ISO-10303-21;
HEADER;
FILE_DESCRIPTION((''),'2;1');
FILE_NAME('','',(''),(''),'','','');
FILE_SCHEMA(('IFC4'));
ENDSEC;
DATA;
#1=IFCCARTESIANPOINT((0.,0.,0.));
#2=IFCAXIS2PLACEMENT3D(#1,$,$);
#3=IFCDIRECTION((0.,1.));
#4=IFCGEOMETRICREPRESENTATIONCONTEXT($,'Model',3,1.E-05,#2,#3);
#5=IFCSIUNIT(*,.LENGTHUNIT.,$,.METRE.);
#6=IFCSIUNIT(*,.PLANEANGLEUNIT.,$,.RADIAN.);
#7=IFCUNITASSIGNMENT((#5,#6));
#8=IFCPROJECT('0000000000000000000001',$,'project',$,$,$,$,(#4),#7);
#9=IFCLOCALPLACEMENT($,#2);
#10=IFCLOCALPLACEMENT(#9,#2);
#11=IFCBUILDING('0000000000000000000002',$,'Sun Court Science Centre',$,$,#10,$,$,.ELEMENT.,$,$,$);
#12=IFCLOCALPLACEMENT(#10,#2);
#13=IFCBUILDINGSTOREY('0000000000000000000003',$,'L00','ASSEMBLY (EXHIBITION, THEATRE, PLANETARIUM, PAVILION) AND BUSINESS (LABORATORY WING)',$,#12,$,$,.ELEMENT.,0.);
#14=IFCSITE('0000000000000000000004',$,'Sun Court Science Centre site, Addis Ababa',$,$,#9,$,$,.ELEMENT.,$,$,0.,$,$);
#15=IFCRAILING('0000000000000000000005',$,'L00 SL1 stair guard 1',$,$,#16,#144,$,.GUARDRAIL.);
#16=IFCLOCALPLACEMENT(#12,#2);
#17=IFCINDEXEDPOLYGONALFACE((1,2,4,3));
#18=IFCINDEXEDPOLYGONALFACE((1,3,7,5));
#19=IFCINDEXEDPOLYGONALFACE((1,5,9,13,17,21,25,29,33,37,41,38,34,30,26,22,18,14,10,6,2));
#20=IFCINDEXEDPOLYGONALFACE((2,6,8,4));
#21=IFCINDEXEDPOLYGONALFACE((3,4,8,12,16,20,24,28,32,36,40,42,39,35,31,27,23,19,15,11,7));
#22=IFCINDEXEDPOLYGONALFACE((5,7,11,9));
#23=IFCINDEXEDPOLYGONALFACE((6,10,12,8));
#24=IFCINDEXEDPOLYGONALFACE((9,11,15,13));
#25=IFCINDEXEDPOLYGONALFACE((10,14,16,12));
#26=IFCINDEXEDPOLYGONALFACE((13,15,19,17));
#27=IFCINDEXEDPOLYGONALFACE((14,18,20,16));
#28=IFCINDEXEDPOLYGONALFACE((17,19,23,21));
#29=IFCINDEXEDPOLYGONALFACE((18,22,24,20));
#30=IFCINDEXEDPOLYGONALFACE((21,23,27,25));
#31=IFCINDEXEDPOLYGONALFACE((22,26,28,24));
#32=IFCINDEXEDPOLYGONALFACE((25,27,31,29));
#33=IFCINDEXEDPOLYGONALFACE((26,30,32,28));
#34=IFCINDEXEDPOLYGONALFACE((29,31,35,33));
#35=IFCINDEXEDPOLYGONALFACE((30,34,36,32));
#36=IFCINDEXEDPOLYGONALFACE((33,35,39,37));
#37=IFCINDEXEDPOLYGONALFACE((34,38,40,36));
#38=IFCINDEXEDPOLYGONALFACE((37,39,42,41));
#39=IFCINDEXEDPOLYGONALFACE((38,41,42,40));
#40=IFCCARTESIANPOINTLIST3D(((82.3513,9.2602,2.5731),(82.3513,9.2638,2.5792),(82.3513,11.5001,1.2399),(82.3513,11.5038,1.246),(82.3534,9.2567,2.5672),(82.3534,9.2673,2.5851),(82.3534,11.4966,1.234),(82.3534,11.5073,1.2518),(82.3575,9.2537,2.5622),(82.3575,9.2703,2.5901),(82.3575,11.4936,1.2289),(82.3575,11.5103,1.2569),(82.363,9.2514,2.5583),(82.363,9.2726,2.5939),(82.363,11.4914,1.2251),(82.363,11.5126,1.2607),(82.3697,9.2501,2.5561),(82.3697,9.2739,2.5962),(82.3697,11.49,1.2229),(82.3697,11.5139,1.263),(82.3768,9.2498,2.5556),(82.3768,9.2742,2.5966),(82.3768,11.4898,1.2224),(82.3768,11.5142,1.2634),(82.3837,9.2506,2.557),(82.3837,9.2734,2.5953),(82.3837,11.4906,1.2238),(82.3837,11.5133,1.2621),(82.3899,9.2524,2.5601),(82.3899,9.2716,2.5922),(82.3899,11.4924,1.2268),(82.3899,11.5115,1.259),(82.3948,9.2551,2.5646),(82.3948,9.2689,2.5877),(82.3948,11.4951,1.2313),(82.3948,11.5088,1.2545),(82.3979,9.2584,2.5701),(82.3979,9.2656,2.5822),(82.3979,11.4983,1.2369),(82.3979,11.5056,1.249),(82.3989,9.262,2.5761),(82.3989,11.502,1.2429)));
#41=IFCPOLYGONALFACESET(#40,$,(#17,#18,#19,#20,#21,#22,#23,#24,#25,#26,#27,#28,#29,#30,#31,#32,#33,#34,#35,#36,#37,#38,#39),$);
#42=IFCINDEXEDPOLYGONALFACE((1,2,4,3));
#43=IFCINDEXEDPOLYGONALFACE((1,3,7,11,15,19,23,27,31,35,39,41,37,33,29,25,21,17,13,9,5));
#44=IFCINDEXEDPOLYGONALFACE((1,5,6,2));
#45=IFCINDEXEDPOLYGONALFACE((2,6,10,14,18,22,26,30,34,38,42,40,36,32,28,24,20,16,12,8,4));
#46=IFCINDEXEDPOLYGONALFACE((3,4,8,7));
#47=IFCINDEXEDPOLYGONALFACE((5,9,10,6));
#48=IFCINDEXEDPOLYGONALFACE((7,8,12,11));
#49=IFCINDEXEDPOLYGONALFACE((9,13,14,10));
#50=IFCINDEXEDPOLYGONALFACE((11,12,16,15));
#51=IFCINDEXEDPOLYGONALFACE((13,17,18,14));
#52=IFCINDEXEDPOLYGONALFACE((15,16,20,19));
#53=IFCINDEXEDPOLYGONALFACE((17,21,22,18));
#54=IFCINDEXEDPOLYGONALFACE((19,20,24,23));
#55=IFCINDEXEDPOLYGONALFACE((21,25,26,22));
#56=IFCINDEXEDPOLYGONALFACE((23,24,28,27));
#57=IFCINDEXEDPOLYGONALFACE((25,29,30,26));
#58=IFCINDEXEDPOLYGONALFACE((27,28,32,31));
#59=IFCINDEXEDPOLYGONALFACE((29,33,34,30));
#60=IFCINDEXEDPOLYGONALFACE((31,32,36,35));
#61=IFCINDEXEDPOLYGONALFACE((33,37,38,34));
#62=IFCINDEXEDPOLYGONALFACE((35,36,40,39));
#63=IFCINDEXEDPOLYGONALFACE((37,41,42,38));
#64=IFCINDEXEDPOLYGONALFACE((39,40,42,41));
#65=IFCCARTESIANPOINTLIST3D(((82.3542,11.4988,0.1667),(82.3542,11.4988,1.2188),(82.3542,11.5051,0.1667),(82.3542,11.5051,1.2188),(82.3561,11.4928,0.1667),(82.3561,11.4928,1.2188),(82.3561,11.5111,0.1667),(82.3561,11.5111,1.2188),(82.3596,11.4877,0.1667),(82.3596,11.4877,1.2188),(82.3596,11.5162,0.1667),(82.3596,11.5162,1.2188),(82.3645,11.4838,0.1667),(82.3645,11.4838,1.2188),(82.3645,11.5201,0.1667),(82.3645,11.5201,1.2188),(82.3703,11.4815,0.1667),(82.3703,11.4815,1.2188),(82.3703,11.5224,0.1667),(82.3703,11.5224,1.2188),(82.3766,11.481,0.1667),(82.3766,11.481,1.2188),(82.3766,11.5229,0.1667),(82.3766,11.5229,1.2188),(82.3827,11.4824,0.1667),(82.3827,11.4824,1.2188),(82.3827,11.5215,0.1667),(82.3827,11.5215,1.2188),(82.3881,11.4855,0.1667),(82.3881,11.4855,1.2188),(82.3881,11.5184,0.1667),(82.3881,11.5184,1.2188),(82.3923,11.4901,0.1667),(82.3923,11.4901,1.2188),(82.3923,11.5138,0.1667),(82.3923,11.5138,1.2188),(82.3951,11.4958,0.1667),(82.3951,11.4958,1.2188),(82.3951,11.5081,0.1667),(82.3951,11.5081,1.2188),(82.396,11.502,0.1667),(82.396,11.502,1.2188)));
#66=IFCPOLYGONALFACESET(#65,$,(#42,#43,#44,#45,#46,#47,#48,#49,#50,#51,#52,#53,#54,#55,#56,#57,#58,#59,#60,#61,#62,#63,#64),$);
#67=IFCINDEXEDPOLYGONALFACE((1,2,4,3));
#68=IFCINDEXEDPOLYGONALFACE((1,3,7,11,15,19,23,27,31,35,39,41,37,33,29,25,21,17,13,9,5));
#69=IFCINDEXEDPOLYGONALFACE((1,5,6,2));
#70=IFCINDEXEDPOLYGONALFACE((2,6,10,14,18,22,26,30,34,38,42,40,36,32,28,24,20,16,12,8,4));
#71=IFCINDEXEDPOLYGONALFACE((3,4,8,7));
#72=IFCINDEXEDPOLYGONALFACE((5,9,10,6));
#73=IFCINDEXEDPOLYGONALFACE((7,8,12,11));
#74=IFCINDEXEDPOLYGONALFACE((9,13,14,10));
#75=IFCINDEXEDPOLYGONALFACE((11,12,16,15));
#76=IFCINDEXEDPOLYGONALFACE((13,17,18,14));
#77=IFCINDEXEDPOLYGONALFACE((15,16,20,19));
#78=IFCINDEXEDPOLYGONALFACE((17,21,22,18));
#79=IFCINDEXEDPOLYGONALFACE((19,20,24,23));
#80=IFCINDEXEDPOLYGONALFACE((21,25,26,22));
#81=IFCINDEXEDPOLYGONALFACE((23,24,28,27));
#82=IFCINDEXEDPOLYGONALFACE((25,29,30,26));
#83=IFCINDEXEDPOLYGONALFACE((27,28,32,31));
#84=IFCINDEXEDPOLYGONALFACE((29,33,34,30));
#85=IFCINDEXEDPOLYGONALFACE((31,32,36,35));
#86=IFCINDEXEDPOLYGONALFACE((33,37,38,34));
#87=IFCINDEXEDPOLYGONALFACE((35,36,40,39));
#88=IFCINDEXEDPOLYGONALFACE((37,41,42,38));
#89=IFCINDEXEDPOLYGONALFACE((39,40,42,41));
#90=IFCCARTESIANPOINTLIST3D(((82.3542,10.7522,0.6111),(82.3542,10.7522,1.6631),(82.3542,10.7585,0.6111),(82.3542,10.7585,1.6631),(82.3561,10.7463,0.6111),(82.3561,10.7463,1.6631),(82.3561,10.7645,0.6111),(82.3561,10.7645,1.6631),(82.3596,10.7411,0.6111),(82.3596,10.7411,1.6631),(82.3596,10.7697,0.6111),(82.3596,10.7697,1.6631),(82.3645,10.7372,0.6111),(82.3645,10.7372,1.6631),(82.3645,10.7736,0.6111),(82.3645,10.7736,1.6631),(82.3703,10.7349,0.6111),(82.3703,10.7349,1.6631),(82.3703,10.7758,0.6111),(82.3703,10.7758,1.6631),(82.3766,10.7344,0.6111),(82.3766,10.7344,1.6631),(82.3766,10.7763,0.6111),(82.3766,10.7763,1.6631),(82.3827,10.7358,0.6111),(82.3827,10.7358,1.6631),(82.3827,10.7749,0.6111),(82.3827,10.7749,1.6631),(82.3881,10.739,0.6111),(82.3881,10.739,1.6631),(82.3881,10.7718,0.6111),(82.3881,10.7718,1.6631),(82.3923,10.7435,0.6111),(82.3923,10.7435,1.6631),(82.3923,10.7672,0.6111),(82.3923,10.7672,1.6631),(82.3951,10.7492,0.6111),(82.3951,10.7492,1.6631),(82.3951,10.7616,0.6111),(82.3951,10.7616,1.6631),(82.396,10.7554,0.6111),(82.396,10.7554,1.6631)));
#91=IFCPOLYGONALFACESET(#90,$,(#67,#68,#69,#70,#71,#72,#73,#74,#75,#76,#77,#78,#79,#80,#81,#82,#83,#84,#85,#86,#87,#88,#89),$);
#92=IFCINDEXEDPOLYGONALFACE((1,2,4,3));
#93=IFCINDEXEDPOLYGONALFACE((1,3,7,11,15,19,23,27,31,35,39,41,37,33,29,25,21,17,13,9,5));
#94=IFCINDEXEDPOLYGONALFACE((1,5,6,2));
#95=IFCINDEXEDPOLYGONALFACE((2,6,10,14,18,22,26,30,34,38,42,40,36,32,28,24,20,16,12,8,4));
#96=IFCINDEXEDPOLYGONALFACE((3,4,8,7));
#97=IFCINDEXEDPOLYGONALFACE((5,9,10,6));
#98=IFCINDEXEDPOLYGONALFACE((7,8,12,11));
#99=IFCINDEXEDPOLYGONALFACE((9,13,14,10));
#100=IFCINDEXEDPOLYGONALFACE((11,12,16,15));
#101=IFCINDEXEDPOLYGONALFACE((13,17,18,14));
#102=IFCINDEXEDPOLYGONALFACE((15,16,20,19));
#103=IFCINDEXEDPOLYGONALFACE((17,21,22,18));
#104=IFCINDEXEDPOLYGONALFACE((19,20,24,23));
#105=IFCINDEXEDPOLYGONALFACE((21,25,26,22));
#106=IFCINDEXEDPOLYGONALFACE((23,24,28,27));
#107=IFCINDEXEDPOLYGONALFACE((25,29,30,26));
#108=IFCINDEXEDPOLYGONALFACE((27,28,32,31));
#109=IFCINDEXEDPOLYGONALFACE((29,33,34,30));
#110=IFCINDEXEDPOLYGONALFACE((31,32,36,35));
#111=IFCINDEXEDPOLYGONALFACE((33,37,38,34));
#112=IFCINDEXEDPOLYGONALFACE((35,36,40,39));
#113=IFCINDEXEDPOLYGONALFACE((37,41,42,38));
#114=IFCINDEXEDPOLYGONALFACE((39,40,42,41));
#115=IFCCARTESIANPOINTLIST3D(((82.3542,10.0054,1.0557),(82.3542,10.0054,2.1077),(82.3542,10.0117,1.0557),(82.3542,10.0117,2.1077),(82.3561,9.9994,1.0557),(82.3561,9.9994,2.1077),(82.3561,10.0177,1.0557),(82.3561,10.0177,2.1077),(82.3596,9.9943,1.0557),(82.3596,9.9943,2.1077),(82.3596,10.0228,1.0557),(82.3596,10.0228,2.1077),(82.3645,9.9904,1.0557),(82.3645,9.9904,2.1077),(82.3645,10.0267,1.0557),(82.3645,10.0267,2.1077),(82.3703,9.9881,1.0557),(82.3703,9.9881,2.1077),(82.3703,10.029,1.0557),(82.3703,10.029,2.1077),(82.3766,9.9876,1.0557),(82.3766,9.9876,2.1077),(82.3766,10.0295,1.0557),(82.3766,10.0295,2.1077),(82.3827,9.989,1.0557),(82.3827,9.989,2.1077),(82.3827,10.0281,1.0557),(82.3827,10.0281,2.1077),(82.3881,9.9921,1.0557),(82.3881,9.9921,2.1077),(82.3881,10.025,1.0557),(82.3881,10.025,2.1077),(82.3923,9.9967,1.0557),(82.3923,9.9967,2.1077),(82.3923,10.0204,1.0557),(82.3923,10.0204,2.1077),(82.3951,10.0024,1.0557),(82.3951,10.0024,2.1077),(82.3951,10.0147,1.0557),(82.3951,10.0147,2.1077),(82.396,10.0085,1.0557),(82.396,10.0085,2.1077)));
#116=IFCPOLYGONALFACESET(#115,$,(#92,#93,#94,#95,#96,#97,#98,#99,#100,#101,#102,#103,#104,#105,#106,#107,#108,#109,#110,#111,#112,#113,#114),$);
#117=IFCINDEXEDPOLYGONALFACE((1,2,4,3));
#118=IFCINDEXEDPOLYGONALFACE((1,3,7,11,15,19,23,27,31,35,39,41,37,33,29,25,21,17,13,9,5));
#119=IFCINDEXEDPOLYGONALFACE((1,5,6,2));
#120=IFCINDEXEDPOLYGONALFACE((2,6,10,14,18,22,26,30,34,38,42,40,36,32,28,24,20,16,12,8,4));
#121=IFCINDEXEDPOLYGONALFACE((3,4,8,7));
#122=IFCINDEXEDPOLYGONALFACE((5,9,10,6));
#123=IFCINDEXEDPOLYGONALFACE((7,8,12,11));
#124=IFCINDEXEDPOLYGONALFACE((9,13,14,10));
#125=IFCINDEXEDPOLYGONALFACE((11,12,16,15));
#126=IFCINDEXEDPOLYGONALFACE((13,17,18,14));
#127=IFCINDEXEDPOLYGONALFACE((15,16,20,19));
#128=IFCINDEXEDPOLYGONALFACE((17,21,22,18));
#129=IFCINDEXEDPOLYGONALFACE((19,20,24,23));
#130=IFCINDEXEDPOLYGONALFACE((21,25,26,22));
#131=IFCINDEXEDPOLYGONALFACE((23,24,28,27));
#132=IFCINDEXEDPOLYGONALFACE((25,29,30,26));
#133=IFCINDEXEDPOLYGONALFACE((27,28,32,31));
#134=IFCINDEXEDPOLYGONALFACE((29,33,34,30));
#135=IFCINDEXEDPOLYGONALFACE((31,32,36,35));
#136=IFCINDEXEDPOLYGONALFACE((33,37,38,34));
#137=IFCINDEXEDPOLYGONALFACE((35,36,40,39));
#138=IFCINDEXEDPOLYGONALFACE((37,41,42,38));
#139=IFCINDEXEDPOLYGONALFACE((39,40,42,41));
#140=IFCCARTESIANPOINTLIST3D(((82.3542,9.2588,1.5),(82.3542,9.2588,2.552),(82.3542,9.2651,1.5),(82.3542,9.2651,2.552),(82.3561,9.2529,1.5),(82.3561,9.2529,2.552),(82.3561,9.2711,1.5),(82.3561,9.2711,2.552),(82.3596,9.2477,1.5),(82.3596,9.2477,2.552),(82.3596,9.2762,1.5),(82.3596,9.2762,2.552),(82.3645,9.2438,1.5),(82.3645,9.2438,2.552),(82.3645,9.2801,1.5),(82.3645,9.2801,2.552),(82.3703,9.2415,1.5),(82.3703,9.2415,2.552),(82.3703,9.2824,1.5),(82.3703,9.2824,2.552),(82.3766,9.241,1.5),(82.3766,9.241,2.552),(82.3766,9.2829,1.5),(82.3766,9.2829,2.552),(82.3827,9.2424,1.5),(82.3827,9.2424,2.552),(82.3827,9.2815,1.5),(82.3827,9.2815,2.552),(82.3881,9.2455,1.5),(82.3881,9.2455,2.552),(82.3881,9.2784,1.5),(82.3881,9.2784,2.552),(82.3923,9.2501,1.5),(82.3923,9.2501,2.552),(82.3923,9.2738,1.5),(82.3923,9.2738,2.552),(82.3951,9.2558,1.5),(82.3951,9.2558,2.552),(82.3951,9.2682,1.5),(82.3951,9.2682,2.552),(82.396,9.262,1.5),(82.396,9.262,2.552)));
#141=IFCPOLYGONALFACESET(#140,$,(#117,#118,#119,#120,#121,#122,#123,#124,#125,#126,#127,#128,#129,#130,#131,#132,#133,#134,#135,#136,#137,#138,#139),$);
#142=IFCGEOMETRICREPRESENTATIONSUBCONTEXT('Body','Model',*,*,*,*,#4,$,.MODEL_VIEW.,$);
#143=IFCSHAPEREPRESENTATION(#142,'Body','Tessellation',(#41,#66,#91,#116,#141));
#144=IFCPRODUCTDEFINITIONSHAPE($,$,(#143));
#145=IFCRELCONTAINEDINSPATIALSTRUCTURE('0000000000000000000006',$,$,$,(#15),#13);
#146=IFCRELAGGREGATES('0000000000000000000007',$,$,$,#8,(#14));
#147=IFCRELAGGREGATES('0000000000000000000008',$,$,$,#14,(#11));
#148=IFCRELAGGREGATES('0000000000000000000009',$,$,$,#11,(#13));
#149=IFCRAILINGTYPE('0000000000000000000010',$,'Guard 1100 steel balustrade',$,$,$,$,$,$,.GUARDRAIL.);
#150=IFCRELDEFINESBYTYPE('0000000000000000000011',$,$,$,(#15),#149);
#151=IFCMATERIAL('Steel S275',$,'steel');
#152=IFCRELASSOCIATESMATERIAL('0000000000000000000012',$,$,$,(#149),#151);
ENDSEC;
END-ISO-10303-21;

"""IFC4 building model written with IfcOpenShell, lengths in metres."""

from ifc_helpers import new_model, si_unit, direction, frame, origin, origin_2d, place, context, subcontext, project, spatial, circle, extrude, material, type_object, element, save


model = new_model("IFC4")

# Units and contexts
model_context = context("Model", 3, precision=1e-05, world=origin(), true_north=direction((0.0, 1.0)))
body_context = subcontext(model_context, "Body", "Model", "MODEL_VIEW")
ifc_project = project(units=[si_unit("LENGTHUNIT", "METRE"), si_unit("PLANEANGLEUNIT", "RADIAN")], contexts=[model_context])

# Site, building, storey
site_placement = place(None, origin())
site = spatial("IfcSite", under=ifc_project, at=site_placement, Name="Sun Court Science Centre site, Addis Ababa", CompositionType="ELEMENT", RefElevation=0.0)
building_placement = place(site_placement, origin())
building = spatial("IfcBuilding", under=site, at=building_placement, Name="Sun Court Science Centre", CompositionType="ELEMENT")
storey_placement = place(building_placement, origin())
storey = spatial("IfcBuildingStorey", under=building, at=storey_placement, Name="L00", Description="ASSEMBLY (EXHIBITION, THEATRE, PLANETARIUM, PAVILION) AND BUSINESS (LABORATORY WING)", CompositionType="ELEMENT", Elevation=0.0)

# Railing
ifc_material_1 = material(Name="Steel S275", Category="steel")
railing_type_1 = type_object("IfcRailingType", Name="Guard 1100 steel balustrade", PredefinedType="GUARDRAIL", material=ifc_material_1)
railing_1_placement = place(storey_placement, frame((82.375, 11.502, 0.1667)))
element("IfcRailing", 1, at=railing_1_placement, inside=storey, type_object=railing_type_1, Name="L00 SL1 stair guard 1", PredefinedType="GUARDRAIL", context=body_context, shape_type="SweptSolid", body=[
    extrude(circle(Radius=0.0239, at=origin_2d()), frame((0.0, 0.0, 1.0762), z_axis=(0.0, -0.859306, 0.511462), x_axis=(1.0, 0.0, 0.0)), (0.0, 0.0, 1.0), 2.6067),
    extrude(circle(Radius=0.021, at=origin_2d()), origin(), (0.0, 0.0, 1.0), 1.052),
    extrude(circle(Radius=0.021, at=origin_2d()), frame((0.0, -0.7466, 0.4443)), (0.0, 0.0, 1.0), 1.052),
    extrude(circle(Radius=0.021, at=origin_2d()), frame((0.0, -1.4934, 0.8889)), (0.0, 0.0, 1.0), 1.052),
    extrude(circle(Radius=0.021, at=origin_2d()), frame((0.0, -2.24, 1.3333)), (0.0, 0.0, 1.0), 1.052),
])

save(model, "model.ifc")
